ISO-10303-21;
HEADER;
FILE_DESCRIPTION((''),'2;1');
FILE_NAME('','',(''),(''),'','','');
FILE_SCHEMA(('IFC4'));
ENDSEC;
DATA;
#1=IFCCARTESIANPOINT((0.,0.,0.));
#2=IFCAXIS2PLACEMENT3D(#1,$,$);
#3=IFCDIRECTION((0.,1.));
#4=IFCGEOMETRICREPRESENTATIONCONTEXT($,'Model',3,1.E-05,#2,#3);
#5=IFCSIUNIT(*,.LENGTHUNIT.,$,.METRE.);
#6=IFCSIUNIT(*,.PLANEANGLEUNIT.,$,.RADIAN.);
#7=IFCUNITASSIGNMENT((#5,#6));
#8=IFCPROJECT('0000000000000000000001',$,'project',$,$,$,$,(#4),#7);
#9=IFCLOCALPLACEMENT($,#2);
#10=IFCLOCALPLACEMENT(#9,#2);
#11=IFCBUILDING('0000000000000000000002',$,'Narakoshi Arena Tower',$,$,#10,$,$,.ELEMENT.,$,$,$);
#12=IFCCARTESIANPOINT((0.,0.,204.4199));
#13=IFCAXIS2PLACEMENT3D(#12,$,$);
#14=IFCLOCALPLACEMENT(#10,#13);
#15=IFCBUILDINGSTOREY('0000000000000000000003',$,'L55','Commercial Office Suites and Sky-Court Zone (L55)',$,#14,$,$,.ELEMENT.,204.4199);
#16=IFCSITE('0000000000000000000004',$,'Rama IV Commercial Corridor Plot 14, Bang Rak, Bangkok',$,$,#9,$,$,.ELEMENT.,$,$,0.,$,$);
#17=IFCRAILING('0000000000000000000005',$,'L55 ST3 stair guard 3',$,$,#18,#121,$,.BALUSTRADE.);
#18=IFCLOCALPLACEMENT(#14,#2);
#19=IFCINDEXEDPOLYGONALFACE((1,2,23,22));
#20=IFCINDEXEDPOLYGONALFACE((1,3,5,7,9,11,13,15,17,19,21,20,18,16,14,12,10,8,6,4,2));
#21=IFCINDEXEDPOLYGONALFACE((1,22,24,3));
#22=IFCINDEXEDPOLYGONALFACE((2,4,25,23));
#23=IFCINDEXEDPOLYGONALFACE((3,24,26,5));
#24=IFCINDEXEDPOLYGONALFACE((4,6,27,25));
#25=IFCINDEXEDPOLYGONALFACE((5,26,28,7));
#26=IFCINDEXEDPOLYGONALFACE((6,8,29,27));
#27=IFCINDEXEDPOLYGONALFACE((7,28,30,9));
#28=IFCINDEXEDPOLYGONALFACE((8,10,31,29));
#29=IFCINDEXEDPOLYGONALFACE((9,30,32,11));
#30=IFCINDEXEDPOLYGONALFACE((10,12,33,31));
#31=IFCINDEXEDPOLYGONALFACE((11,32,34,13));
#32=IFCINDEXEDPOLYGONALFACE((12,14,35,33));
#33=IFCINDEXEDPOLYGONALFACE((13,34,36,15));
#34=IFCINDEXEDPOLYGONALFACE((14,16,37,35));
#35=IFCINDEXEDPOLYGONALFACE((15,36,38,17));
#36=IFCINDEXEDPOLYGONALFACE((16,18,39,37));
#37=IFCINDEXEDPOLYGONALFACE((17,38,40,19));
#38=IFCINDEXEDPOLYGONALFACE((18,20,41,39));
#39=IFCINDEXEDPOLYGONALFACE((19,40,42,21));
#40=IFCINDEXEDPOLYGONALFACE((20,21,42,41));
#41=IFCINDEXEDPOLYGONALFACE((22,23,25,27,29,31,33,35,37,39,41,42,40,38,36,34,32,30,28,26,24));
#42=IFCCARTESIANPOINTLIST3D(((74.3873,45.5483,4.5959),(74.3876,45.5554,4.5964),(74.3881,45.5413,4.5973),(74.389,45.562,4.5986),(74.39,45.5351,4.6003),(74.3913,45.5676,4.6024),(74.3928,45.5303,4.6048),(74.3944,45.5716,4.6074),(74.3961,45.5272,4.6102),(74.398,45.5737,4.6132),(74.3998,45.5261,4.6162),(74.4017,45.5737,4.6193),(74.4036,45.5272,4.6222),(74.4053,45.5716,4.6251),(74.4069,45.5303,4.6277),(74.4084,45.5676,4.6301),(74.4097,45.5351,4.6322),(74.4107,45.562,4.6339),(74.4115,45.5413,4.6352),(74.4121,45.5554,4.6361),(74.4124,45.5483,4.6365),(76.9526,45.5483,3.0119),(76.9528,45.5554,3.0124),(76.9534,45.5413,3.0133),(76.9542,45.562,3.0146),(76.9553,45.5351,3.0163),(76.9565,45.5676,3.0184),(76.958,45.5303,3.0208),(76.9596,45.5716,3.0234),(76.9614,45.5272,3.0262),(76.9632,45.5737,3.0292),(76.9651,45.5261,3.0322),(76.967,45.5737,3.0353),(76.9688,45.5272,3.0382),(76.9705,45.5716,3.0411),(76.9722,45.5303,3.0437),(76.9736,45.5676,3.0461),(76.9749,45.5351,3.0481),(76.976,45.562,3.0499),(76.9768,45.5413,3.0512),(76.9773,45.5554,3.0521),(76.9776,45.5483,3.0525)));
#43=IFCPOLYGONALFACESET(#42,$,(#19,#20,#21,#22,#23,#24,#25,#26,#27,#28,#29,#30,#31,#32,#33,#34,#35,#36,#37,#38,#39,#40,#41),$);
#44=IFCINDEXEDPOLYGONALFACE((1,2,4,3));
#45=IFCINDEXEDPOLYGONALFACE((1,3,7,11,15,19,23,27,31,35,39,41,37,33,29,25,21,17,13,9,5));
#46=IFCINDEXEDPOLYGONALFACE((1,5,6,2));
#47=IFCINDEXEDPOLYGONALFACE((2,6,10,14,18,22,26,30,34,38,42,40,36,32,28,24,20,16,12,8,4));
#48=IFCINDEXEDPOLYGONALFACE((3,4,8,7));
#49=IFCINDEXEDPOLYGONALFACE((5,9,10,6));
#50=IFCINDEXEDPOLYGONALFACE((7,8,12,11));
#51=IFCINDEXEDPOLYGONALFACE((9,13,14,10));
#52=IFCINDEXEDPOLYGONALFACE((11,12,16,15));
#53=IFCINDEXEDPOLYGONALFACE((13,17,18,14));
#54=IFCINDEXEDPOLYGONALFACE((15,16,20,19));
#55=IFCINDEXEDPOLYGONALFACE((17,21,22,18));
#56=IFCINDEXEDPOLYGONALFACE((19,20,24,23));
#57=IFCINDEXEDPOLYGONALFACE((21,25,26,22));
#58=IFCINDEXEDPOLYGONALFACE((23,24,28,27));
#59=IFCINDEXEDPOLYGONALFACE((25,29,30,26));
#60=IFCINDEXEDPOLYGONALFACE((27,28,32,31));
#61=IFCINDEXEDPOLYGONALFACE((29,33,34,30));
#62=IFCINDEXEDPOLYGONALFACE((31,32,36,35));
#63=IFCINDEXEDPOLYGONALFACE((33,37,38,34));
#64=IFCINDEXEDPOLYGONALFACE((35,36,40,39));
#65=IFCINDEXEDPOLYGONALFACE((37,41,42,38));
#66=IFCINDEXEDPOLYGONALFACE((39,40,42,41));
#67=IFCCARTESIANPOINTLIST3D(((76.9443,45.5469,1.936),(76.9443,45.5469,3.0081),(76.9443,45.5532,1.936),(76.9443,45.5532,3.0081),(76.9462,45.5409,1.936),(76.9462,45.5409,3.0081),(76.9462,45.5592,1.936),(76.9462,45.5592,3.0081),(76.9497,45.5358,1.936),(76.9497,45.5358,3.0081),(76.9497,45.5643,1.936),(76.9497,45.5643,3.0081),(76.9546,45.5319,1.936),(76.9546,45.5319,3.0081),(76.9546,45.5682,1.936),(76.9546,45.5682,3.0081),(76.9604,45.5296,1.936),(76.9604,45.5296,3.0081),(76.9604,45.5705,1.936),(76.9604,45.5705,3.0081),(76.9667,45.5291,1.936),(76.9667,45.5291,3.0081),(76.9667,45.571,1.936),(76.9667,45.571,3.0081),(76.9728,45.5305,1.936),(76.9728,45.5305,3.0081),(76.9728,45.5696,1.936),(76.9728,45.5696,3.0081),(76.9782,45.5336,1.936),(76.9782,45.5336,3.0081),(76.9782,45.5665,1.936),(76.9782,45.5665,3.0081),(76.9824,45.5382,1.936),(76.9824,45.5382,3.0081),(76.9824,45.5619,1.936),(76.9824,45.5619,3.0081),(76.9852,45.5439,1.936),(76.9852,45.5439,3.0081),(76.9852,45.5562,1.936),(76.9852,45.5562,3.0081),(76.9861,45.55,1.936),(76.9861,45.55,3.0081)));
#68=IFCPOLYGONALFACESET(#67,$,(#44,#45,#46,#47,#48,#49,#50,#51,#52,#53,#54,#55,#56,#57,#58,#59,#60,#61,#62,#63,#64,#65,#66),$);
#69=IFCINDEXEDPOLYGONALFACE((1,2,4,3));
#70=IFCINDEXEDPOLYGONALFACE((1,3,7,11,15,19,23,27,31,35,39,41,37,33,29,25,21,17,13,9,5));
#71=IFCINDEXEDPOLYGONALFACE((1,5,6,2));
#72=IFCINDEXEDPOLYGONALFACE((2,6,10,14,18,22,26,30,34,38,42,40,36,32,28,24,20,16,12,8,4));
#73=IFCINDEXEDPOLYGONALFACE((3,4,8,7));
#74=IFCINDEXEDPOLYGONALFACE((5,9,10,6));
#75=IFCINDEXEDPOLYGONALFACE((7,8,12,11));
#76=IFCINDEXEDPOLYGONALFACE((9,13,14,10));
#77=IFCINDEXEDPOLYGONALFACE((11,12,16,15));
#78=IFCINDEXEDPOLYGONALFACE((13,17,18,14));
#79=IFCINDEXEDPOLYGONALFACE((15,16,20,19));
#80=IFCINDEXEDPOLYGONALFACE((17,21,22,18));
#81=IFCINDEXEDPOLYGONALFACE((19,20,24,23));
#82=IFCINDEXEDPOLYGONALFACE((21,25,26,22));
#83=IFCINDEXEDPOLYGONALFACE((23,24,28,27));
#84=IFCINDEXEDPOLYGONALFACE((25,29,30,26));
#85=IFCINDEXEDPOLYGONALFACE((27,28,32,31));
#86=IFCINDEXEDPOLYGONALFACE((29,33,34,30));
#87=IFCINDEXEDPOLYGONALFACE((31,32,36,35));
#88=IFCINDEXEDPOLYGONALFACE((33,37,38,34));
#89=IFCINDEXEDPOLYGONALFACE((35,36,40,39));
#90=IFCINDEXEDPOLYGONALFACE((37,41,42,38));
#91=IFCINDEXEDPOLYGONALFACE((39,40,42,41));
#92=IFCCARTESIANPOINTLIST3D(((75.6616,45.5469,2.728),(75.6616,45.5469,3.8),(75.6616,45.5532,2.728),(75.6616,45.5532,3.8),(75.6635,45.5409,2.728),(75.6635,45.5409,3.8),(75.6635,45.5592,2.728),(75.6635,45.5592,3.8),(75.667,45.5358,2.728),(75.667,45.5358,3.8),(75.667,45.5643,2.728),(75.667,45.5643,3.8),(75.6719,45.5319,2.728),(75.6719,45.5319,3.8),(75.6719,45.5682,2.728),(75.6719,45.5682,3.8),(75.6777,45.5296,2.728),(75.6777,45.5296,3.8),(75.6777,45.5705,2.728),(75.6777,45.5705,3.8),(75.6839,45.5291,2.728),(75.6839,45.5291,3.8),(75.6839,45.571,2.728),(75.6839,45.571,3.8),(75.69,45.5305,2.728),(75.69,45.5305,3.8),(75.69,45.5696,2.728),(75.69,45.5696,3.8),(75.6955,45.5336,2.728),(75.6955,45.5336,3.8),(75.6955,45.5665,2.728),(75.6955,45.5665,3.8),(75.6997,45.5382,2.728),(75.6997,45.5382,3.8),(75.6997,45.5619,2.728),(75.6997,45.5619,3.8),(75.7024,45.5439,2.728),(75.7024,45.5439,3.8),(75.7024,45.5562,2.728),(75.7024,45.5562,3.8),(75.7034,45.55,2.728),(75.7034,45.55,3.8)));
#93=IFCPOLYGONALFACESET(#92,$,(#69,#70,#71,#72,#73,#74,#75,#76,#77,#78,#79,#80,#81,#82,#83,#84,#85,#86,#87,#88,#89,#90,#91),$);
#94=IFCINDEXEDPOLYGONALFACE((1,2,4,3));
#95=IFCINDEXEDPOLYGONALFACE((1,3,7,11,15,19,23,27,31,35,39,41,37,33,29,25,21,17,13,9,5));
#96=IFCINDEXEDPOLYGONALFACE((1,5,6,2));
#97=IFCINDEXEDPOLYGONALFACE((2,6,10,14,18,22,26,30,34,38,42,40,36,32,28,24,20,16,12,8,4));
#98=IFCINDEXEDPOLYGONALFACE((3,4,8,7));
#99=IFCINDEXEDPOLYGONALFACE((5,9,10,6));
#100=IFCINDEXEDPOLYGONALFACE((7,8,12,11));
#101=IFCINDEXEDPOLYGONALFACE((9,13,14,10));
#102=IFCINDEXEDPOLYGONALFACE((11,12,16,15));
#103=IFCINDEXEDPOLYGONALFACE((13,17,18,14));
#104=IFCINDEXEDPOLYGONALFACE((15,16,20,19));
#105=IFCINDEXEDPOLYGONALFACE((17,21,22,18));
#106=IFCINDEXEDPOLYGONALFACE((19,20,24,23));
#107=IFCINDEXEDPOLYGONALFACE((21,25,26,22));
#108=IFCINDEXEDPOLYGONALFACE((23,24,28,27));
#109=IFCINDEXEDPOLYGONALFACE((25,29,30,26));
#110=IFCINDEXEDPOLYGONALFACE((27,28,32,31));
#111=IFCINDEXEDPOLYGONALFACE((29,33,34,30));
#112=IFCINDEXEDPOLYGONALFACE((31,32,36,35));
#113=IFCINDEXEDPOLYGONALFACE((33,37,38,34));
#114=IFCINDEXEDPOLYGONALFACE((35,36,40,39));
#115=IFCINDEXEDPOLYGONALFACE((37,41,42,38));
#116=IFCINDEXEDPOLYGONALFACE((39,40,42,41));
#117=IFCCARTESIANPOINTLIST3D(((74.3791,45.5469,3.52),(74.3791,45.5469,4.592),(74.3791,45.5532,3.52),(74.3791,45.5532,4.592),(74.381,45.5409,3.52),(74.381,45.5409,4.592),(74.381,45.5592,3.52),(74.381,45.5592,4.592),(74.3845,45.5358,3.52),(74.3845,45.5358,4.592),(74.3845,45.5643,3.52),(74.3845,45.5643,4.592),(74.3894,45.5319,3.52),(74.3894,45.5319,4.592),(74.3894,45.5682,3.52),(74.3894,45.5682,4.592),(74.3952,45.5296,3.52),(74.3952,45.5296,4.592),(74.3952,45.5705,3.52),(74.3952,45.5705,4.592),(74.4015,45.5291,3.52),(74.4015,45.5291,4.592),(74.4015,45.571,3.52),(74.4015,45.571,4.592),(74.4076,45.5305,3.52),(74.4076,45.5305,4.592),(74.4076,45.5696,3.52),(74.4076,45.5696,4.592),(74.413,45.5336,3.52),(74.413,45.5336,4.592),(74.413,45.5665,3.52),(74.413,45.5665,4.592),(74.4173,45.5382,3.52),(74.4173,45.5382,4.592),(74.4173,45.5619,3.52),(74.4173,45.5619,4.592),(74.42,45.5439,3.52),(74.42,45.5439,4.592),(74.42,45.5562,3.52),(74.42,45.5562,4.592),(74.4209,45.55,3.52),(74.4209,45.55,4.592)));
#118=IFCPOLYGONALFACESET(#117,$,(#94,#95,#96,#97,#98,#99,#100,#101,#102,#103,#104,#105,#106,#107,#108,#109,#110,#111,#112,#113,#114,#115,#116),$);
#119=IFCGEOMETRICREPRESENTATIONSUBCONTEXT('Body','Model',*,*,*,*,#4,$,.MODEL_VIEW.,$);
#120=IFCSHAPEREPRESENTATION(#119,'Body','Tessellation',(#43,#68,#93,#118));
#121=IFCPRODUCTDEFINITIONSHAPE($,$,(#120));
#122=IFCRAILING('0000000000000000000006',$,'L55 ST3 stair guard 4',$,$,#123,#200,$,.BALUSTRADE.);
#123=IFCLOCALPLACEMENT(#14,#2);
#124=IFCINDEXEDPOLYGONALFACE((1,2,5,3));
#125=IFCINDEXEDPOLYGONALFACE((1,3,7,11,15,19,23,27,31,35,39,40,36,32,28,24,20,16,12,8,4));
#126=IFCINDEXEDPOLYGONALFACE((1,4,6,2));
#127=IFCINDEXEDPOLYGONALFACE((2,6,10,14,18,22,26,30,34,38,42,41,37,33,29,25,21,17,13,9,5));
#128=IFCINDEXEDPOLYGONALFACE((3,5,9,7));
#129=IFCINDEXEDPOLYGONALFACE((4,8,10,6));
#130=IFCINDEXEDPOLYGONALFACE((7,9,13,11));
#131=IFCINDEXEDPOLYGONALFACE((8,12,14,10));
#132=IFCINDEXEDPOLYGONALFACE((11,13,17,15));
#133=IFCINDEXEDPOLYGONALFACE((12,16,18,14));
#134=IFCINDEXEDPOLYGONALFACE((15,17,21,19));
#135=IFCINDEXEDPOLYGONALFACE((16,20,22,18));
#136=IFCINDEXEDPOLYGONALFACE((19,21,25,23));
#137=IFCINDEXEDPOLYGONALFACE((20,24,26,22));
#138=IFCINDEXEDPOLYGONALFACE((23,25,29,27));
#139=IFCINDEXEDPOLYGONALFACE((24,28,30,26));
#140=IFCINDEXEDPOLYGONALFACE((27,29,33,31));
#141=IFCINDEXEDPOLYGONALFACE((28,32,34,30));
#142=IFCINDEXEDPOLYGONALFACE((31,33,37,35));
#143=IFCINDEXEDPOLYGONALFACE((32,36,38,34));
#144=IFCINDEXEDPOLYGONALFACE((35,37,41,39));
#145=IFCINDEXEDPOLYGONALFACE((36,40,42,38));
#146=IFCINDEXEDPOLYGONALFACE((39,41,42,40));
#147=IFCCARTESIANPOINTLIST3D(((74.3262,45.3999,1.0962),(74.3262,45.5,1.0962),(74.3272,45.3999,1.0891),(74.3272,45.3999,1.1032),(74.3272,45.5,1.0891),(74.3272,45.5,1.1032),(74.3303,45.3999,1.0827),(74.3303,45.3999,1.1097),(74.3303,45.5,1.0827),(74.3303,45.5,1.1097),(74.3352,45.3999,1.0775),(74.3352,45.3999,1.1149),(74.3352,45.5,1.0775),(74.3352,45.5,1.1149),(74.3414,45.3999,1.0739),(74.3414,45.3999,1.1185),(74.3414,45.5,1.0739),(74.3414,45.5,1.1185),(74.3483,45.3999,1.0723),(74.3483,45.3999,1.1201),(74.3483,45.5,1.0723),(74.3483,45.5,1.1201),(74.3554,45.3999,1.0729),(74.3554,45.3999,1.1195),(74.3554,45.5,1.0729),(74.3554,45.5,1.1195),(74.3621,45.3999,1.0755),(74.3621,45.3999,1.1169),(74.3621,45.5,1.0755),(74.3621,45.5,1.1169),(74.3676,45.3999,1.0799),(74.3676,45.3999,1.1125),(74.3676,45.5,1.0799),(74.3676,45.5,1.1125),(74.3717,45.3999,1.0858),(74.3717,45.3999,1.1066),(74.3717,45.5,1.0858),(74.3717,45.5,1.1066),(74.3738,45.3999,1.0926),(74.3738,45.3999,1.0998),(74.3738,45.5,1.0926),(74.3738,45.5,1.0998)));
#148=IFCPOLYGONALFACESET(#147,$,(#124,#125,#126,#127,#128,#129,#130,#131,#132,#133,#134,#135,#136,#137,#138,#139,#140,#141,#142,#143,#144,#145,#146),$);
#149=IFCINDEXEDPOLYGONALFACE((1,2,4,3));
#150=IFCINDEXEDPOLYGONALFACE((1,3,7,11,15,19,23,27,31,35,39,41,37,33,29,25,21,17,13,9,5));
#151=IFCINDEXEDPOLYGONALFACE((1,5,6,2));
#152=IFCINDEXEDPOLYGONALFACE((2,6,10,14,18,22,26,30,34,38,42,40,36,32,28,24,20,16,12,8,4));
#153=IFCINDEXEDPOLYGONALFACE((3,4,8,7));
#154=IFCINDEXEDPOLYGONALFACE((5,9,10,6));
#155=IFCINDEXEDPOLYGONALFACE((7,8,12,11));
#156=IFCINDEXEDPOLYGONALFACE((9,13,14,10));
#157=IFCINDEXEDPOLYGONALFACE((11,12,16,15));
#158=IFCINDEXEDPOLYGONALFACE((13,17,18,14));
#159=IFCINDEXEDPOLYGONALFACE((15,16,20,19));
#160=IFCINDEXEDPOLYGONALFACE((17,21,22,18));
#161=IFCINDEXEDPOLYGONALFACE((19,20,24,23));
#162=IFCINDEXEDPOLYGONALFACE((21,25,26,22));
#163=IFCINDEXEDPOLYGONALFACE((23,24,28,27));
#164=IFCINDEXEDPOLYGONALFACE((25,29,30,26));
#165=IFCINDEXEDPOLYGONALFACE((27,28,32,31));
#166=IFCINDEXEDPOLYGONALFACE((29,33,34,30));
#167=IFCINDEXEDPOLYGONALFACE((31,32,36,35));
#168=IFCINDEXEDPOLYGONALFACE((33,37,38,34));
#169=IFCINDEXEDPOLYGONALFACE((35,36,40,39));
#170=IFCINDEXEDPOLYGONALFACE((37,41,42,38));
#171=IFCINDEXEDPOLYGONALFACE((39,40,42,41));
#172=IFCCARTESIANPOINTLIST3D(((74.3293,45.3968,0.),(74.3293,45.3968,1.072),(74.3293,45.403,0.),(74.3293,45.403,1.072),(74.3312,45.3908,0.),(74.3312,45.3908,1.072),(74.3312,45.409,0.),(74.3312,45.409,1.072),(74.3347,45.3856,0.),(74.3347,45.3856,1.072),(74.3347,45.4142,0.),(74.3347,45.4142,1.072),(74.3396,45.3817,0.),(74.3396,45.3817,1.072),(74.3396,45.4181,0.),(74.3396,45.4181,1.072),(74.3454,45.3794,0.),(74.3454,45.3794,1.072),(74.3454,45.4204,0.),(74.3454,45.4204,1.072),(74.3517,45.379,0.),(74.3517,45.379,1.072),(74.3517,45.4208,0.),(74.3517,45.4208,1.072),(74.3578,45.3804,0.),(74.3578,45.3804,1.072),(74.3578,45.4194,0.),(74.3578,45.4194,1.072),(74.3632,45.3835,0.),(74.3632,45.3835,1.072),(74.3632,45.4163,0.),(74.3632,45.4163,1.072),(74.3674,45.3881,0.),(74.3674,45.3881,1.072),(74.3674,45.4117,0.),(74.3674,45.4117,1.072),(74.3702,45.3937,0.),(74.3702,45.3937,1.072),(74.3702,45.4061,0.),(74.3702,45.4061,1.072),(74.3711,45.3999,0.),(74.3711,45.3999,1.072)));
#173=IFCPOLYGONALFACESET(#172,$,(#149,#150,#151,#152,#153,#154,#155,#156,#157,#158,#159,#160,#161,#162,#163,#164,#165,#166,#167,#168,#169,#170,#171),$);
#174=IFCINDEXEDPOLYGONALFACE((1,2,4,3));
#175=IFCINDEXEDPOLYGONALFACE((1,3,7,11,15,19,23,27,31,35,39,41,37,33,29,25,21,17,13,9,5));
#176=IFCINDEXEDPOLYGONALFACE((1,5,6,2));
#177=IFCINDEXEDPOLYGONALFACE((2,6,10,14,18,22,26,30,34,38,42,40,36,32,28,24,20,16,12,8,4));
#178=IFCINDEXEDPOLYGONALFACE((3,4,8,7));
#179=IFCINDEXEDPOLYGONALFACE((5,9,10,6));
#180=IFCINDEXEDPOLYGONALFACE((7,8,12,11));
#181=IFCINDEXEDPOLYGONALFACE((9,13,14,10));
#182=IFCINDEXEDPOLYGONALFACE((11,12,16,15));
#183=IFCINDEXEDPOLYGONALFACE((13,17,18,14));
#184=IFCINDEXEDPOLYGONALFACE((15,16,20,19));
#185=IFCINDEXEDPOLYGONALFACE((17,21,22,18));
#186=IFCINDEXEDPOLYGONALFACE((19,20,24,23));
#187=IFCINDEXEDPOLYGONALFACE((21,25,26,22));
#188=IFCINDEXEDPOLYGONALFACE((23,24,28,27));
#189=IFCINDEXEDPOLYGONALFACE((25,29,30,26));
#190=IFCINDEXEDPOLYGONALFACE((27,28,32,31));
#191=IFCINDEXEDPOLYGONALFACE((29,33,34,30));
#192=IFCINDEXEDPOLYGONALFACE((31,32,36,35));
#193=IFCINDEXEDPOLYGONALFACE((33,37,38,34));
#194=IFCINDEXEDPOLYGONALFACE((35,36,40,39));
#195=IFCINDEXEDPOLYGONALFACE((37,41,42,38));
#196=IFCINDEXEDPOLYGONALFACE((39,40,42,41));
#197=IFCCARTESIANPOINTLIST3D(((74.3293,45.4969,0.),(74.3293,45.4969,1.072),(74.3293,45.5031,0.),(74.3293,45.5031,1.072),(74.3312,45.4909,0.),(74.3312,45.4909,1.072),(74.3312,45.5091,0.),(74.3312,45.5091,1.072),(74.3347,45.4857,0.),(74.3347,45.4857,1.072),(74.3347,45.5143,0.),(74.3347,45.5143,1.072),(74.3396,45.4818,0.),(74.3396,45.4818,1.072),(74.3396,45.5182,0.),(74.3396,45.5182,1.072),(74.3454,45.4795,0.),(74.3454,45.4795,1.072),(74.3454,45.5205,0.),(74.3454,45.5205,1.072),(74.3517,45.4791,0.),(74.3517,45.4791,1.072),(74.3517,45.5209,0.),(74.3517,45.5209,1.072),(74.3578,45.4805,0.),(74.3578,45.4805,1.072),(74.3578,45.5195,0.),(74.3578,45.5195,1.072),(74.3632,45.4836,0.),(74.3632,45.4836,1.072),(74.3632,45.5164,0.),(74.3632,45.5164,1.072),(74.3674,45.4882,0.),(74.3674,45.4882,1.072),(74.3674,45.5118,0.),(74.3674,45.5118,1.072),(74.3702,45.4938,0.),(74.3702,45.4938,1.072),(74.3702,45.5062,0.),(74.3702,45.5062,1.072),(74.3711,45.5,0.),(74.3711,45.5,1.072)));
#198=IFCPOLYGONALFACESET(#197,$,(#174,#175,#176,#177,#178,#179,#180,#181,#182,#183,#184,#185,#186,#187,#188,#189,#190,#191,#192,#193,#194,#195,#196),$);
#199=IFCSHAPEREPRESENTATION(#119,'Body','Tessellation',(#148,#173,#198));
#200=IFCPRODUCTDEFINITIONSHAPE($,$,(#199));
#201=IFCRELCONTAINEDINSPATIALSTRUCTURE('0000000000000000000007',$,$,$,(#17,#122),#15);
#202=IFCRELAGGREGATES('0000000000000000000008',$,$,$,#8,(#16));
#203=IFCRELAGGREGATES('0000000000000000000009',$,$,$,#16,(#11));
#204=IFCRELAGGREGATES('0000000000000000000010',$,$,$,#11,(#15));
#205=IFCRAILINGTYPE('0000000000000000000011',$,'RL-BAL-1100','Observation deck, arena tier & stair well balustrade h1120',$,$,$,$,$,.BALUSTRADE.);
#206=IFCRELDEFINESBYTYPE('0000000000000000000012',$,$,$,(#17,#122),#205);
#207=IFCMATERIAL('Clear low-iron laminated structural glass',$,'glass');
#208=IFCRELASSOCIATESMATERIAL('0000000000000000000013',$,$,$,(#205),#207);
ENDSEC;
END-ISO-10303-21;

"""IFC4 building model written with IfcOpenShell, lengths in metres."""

from ifc_helpers import new_model, si_unit, direction, frame, origin, origin_2d, place, context, subcontext, project, spatial, circle, extrude, material, type_object, element, save


model = new_model("IFC4")

# Units and contexts
model_context = context("Model", 3, precision=1e-05, world=origin(), true_north=direction((0.0, 1.0)))
body_context = subcontext(model_context, "Body", "Model", "MODEL_VIEW")
ifc_project = project(units=[si_unit("LENGTHUNIT", "METRE"), si_unit("PLANEANGLEUNIT", "RADIAN")], contexts=[model_context])

# Site, building, storey
site_placement = place(None, origin())
site = spatial("IfcSite", under=ifc_project, at=site_placement, Name="Rama IV Commercial Corridor Plot 14, Bang Rak, Bangkok", CompositionType="ELEMENT", RefElevation=0.0)
building_placement = place(site_placement, origin())
building = spatial("IfcBuilding", under=site, at=building_placement, Name="Narakoshi Arena Tower", CompositionType="ELEMENT")
storey_placement = place(building_placement, frame((0.0, 0.0, 204.4199)))
storey = spatial("IfcBuildingStorey", under=building, at=storey_placement, Name="L55", Description="Commercial Office Suites and Sky-Court Zone (L55)", CompositionType="ELEMENT", Elevation=204.4199)

# Railings
ifc_material_1 = material(Name="Clear low-iron laminated structural glass", Category="glass")
railing_type_1 = type_object("IfcRailingType", Name="RL-BAL-1100", Description="Observation deck, arena tier & stair well balustrade h1120", PredefinedType="BALUSTRADE", material=ifc_material_1)
railing_1_placement = place(storey_placement, frame((76.9651, 45.55, 1.936)))
element("IfcRailing", 1, at=railing_1_placement, inside=storey, type_object=railing_type_1, Name="L55 ST3 stair guard 3", PredefinedType="BALUSTRADE", context=body_context, shape_type="SweptSolid", body=[
    extrude(circle(Radius=0.0239, at=origin_2d()), frame((0.0, 0.0, 1.0962), z_axis=(-0.850857, 0.0, 0.525398), x_axis=(0.0, -1.0, 0.0)), (0.0, 0.0, 1.0), 3.0149),
    extrude(circle(Radius=0.021, at=origin_2d()), origin(), (0.0, 0.0, 1.0), 1.072),
    extrude(circle(Radius=0.021, at=origin_2d()), frame((-1.2827, 0.0, 0.792)), (0.0, 0.0, 1.0), 1.072),
    extrude(circle(Radius=0.021, at=origin_2d()), frame((-2.5652, 0.0, 1.584)), (0.0, 0.0, 1.0), 1.072),
])
railing_2_placement = place(storey_placement, frame((74.3501, 45.3999, 0.0)))
element("IfcRailing", 2, at=railing_2_placement, inside=storey, type_object=railing_type_1, Name="L55 ST3 stair guard 4", PredefinedType="BALUSTRADE", context=body_context, shape_type="SweptSolid", body=[
    extrude(circle(Radius=0.0239, at=origin_2d()), frame((0.0, 0.0, 1.0962), z_axis=(0.0, 1.0, 0.0), x_axis=(-1.0, 0.0, 0.0)), (0.0, 0.0, 1.0), 0.1001),
    extrude(circle(Radius=0.021, at=origin_2d()), origin(), (0.0, 0.0, 1.0), 1.072),
    extrude(circle(Radius=0.021, at=origin_2d()), frame((0.0, 0.1001, 0.0)), (0.0, 0.0, 1.0), 1.072),
])

save(model, "model.ifc")
